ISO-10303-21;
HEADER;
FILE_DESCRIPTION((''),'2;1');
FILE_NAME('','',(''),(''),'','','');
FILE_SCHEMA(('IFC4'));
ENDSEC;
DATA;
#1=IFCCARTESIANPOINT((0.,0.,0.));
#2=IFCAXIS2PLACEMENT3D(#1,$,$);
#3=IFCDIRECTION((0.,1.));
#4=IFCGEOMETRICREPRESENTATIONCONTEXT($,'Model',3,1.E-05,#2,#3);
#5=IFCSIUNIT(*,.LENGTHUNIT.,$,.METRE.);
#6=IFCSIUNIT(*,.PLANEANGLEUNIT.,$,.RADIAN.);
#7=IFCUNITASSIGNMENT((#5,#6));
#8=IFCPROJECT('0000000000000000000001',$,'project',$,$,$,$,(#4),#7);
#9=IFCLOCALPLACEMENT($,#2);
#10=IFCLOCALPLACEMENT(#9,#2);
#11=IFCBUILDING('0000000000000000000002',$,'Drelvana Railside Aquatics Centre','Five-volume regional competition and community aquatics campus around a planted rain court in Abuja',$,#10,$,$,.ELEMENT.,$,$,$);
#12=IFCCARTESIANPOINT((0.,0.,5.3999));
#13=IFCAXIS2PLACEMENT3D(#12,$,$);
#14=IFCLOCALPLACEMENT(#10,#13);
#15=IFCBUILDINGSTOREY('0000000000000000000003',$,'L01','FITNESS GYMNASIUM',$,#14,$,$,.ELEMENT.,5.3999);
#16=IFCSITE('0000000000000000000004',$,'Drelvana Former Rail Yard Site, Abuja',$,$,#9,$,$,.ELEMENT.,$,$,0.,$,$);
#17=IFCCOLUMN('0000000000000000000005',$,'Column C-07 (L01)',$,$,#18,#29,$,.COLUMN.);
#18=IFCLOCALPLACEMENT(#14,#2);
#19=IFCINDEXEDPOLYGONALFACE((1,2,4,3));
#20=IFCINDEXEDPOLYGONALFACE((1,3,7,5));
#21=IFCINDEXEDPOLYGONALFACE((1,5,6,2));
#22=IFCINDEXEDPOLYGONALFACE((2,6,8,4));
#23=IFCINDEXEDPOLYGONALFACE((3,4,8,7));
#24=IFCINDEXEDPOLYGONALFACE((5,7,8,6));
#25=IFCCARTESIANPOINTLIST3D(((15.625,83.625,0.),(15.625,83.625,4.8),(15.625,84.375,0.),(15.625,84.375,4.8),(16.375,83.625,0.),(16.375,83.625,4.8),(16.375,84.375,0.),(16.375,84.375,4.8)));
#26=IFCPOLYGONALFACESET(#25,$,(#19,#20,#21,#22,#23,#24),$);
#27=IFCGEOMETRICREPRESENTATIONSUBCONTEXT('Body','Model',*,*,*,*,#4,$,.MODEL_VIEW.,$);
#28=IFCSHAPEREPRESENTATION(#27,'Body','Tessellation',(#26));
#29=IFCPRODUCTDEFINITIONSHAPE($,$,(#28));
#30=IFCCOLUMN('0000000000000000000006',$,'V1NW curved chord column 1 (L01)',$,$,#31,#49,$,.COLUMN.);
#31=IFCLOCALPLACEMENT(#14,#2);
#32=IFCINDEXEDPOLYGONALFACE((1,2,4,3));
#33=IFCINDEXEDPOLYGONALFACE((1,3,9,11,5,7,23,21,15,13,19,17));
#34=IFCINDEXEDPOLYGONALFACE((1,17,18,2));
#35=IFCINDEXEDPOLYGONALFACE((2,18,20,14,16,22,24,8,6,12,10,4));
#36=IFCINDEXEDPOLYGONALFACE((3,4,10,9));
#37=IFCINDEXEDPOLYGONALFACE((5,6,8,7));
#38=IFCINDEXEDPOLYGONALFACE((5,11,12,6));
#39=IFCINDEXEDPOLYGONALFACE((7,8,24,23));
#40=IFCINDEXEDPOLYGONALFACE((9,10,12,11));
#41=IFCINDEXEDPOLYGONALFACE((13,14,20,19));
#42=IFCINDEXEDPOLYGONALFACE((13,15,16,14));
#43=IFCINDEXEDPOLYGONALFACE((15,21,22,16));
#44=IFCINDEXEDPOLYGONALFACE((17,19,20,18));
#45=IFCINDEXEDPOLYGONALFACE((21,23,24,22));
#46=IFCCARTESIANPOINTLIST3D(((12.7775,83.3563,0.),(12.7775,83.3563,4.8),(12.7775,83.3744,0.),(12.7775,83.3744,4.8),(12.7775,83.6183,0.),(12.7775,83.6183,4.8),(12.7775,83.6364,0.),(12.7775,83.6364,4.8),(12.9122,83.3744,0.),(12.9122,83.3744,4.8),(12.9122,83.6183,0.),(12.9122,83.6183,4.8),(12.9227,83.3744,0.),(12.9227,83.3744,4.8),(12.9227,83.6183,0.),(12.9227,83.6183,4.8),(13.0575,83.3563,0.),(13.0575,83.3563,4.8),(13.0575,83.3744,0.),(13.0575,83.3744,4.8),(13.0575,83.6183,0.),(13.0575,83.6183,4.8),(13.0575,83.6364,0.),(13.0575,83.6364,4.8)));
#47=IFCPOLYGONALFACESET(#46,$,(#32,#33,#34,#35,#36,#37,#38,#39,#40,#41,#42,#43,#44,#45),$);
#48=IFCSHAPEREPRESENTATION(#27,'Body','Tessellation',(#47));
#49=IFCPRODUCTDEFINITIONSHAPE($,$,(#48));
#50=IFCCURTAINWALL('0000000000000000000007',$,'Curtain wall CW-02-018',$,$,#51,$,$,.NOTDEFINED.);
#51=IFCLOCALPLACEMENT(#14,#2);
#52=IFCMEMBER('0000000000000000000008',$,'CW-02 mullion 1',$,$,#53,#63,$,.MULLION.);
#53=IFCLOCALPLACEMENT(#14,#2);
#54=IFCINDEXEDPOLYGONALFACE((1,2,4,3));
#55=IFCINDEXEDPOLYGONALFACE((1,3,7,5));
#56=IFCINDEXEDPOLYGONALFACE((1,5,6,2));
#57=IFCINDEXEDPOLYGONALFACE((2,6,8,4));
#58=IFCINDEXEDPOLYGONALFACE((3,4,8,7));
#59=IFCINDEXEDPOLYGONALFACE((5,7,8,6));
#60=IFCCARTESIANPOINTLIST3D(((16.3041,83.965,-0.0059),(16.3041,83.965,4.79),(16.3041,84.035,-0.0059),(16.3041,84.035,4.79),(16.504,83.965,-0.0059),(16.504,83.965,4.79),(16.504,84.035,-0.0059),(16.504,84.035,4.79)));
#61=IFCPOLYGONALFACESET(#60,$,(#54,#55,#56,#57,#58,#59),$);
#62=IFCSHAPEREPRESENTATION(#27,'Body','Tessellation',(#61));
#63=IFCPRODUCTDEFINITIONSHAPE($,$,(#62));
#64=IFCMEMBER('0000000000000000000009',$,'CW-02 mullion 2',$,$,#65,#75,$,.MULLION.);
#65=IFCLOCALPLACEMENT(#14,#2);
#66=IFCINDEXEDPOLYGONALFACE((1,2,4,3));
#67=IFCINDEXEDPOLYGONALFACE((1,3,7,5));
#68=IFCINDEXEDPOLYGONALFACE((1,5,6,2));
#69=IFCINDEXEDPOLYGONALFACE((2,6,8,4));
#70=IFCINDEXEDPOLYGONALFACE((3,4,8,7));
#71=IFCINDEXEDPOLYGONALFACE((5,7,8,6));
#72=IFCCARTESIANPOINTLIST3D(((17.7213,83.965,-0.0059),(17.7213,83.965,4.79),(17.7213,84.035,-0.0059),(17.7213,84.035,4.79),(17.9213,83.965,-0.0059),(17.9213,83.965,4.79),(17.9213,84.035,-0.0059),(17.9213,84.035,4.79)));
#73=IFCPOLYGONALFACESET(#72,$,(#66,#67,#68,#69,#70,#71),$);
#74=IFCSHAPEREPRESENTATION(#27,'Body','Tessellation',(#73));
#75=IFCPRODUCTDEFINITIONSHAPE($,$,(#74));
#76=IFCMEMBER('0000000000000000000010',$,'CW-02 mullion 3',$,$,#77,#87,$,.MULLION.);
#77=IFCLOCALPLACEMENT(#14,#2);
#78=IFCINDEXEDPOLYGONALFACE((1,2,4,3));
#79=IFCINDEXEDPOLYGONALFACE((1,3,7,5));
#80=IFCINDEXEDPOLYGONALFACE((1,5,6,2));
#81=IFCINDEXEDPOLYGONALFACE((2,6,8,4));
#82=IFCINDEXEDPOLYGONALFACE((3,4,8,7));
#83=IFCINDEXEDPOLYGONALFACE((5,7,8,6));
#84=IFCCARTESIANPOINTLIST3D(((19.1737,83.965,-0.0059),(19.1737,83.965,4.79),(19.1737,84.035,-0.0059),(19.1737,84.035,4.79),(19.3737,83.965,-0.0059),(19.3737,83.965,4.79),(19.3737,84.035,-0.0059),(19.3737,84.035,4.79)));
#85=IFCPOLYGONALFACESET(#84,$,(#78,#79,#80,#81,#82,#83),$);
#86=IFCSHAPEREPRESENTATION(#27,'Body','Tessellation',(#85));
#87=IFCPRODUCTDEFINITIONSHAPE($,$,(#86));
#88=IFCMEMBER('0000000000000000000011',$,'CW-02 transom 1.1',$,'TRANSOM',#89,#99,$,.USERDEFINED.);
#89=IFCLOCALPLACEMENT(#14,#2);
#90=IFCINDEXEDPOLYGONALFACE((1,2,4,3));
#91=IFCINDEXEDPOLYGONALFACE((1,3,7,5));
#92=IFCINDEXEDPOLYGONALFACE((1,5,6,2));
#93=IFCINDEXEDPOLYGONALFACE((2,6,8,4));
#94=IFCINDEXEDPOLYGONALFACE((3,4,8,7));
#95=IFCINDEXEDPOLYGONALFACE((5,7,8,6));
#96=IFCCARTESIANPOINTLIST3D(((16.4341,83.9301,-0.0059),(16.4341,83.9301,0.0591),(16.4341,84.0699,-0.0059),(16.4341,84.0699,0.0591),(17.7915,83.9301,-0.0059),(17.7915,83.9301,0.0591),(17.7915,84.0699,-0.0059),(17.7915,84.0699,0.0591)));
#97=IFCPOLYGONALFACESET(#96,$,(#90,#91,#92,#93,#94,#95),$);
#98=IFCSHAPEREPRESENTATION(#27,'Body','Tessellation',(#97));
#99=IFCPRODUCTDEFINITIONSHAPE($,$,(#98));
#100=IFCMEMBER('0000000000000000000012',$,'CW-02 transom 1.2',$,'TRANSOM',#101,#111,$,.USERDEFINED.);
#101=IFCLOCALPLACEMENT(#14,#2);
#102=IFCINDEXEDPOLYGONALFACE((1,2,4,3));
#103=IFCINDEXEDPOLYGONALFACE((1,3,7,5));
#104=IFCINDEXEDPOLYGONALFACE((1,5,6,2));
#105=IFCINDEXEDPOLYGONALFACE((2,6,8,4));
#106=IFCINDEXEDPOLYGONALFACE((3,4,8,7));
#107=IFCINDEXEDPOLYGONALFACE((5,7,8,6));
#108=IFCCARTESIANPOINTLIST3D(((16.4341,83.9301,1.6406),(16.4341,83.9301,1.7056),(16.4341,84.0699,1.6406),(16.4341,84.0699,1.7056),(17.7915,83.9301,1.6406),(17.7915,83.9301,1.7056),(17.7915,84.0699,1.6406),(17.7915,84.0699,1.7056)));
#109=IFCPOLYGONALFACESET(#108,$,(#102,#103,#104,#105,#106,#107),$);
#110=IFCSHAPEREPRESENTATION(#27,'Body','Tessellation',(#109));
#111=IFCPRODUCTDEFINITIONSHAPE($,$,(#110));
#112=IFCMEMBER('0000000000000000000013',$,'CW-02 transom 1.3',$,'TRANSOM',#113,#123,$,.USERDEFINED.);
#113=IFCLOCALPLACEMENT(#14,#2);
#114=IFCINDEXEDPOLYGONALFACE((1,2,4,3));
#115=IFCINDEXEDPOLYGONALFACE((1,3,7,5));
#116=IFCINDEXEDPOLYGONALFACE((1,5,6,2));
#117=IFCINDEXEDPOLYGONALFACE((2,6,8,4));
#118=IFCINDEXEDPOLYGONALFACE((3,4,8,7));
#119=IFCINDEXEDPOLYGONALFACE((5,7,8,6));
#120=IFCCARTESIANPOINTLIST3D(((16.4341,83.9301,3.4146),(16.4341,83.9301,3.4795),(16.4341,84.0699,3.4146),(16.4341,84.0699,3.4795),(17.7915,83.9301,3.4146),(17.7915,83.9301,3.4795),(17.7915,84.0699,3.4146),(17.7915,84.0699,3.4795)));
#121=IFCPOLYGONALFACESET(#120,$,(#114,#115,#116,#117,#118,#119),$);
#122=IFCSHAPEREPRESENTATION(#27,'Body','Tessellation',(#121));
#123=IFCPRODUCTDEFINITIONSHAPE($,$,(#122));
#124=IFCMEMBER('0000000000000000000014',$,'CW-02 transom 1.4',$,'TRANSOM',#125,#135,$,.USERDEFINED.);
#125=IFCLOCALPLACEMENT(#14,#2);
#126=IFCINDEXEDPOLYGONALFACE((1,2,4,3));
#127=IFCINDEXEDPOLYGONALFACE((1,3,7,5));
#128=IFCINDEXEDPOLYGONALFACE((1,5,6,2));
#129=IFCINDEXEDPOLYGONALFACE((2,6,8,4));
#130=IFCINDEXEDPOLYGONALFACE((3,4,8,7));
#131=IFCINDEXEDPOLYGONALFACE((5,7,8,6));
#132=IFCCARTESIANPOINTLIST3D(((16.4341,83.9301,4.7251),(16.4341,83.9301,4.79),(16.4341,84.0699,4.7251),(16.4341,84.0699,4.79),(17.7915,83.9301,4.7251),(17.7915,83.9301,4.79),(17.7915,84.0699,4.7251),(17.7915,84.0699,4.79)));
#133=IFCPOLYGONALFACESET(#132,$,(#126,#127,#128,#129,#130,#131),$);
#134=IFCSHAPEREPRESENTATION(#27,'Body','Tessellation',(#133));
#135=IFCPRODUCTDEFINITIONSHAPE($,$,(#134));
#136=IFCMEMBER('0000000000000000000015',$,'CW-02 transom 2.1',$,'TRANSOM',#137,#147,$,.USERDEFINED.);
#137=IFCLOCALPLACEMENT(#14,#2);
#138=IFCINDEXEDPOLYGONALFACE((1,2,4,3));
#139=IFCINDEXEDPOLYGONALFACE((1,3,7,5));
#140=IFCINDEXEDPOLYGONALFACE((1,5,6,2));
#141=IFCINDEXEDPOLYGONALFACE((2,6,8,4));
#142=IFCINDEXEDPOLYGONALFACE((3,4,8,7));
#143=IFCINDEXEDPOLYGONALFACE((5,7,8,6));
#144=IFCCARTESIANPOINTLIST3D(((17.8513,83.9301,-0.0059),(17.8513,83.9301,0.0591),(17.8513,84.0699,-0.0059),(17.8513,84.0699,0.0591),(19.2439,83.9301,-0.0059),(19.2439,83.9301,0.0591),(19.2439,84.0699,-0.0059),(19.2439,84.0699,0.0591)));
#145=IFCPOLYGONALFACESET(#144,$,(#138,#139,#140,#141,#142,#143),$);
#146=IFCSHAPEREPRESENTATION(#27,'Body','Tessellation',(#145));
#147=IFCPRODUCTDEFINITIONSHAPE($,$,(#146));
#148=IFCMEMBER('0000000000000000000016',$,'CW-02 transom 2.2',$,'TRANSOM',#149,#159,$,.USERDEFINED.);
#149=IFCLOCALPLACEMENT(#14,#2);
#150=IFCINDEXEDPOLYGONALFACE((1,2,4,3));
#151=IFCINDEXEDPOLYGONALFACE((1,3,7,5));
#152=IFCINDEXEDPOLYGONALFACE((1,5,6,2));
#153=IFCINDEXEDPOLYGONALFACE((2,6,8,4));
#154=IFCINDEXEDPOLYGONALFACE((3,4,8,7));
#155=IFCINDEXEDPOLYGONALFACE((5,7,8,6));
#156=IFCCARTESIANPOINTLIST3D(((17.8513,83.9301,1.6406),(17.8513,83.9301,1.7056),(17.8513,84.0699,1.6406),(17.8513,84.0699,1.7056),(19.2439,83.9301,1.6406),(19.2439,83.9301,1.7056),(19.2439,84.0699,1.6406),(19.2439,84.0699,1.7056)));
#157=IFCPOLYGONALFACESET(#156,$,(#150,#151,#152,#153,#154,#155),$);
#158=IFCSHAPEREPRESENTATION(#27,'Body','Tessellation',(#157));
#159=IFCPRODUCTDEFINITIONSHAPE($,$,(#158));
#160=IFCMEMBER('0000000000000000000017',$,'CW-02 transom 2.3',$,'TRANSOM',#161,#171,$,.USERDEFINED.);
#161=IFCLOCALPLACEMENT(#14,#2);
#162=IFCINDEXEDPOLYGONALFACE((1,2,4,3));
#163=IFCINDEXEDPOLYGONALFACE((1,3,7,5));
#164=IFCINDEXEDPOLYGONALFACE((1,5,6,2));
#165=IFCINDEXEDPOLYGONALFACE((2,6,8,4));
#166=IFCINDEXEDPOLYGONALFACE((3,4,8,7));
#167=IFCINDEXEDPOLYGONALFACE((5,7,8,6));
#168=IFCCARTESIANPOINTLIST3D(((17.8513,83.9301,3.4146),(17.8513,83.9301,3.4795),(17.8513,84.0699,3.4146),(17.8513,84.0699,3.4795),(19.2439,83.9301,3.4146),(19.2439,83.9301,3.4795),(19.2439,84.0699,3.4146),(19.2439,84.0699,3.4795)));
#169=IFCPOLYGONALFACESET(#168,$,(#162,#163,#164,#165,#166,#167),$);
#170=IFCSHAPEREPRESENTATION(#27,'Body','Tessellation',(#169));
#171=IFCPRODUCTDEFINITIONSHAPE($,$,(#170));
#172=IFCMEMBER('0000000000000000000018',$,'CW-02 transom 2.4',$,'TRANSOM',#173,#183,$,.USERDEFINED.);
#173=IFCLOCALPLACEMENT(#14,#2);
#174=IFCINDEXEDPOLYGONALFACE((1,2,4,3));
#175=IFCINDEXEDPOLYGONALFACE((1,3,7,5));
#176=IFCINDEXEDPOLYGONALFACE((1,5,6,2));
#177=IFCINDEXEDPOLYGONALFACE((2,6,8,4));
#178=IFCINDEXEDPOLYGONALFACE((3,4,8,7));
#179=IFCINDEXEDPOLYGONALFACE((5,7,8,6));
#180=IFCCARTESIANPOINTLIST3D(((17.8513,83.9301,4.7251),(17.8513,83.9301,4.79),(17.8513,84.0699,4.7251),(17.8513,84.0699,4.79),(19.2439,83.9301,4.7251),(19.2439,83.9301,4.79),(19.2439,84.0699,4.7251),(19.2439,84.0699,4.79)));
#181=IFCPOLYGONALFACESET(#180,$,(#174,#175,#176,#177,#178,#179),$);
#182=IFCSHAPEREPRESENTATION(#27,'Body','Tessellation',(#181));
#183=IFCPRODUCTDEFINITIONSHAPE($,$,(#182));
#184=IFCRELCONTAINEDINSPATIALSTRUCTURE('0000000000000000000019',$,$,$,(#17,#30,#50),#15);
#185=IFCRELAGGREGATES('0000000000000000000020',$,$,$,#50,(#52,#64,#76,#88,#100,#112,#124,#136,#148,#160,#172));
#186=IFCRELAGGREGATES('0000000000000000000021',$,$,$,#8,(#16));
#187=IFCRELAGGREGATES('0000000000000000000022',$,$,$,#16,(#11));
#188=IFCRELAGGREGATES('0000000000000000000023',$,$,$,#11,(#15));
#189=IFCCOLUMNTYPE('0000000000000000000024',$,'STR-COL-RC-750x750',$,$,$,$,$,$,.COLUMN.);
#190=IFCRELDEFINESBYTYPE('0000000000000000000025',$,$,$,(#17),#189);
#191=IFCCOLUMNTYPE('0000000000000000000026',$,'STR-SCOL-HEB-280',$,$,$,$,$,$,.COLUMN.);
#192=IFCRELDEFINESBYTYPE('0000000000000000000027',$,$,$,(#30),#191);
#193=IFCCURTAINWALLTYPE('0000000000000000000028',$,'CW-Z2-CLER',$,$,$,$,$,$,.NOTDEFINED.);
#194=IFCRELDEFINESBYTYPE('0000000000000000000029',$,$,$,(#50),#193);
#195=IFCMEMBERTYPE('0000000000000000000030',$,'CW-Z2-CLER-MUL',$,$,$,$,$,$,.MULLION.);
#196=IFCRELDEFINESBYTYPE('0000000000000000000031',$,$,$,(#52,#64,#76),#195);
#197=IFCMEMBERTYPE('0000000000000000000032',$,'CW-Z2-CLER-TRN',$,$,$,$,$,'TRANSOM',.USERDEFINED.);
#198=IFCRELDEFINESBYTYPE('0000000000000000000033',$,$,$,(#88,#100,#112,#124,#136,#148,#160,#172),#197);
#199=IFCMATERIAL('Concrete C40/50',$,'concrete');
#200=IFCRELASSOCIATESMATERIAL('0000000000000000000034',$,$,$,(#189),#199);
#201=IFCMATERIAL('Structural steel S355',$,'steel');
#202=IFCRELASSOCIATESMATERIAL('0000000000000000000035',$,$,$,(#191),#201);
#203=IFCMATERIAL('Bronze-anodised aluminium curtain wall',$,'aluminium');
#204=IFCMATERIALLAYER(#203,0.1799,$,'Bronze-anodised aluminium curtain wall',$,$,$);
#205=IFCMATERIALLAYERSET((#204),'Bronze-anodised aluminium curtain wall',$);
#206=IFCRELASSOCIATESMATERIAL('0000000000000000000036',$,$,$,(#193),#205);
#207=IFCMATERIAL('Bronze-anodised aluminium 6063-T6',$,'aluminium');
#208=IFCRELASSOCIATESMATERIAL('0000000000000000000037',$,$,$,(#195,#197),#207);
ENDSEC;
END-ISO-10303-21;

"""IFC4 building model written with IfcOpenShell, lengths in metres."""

from ifc_helpers import new_model, si_unit, direction, frame, origin, origin_2d, place, context, subcontext, project, spatial, rectangle, i_section, extrude, material, layer, layer_set, material_profile, profile_set, type_object, element, aggregate, save


model = new_model("IFC4")

# Units and contexts
model_context = context("Model", 3, precision=1e-05, world=origin(), true_north=direction((0.0, 1.0)))
body_context = subcontext(model_context, "Body", "Model", "MODEL_VIEW")
ifc_project = project(units=[si_unit("LENGTHUNIT", "METRE"), si_unit("PLANEANGLEUNIT", "RADIAN")], contexts=[model_context])

# Site, building, storey
site_placement = place(None, origin())
site = spatial("IfcSite", under=ifc_project, at=site_placement, Name="Drelvana Former Rail Yard Site, Abuja", CompositionType="ELEMENT", RefElevation=0.0)
building_placement = place(site_placement, origin())
building = spatial("IfcBuilding", under=site, at=building_placement, Name="Drelvana Railside Aquatics Centre", Description="Five-volume regional competition and community aquatics campus around a planted rain court in Abuja", CompositionType="ELEMENT")
storey_placement = place(building_placement, frame((0.0, 0.0, 5.3999)))
storey = spatial("IfcBuildingStorey", under=building, at=storey_placement, Name="L01", Description="FITNESS GYMNASIUM", CompositionType="ELEMENT", Elevation=5.3999)

# Columns
ifc_material_1 = material(Name="Concrete C40/50", Category="concrete")
ifc_material_profile_1 = material_profile(ifc_material_1, rectangle(XDim=0.75, YDim=0.75, at=origin_2d()), Name="RC 750x750")
ifc_profile_set_1 = profile_set([ifc_material_profile_1], Name="Concrete C40/50")
column_type_1 = type_object("IfcColumnType", Name="STR-COL-RC-750x750", PredefinedType="COLUMN", material=ifc_profile_set_1)
column_1_placement = place(storey_placement, frame((16.0, 84.0, 0.0), z_axis=(0.0, 0.0, 1.0), x_axis=(1.0, 0.0, 0.0)))
element("IfcColumn", 1, at=column_1_placement, inside=storey, type_object=column_type_1, Name="Column C-07 (L01)", PredefinedType="COLUMN", context=body_context, shape_type="SweptSolid", body=[
    extrude(rectangle(XDim=0.75, YDim=0.75, at=origin_2d()), origin(), (0.0, 0.0, 1.0), 4.8),
])
ifc_material_2 = material(Name="Structural steel S355", Category="steel")
ifc_material_profile_2 = material_profile(ifc_material_2, i_section(OverallWidth=0.28, OverallDepth=0.28, WebThickness=0.0105, FlangeThickness=0.0181, at=origin_2d()), Name="HEB 280")
ifc_profile_set_2 = profile_set([ifc_material_profile_2], Name="Structural steel S355")
column_type_2 = type_object("IfcColumnType", Name="STR-SCOL-HEB-280", PredefinedType="COLUMN", material=ifc_profile_set_2)
column_2_placement = place(storey_placement, frame((12.9175, 83.4963, 0.0), z_axis=(0.0, 0.0, 1.0), x_axis=(1.0, 0.0, 0.0)))
element("IfcColumn", 2, at=column_2_placement, inside=storey, type_object=column_type_2, Name="V1NW curved chord column 1 (L01)", PredefinedType="COLUMN", context=body_context, shape_type="SweptSolid", body=[
    extrude(i_section(OverallWidth=0.28, OverallDepth=0.28, WebThickness=0.0105, FlangeThickness=0.0181, at=origin_2d()), origin(), (0.0, 0.0, 1.0), 4.8),
])

# Curtain wall, members
ifc_material_3 = material(Name="Bronze-anodised aluminium curtain wall", Category="aluminium")
ifc_layer_1 = layer(ifc_material_3, 0.1799, Name="Bronze-anodised aluminium curtain wall")
ifc_layer_set_1 = layer_set([ifc_layer_1], Name="Bronze-anodised aluminium curtain wall")
curtain_wall_type = type_object("IfcCurtainWallType", Name="CW-Z2-CLER", PredefinedType="NOTDEFINED", material=ifc_layer_set_1)
curtain_wall_placement = place(storey_placement, origin())
curtain_wall = element("IfcCurtainWall", 3, at=curtain_wall_placement, inside=storey, type_object=curtain_wall_type, Name="Curtain wall CW-02-018", PredefinedType="NOTDEFINED")
ifc_material_4 = material(Name="Bronze-anodised aluminium 6063-T6", Category="aluminium")
ifc_material_profile_3 = material_profile(ifc_material_4, rectangle(XDim=0.0701, YDim=0.2, at=origin_2d()), Name="ALU-M 70x200")
ifc_profile_set_3 = profile_set([ifc_material_profile_3], Name="Bronze-anodised aluminium 6063-T6")
member_type_1 = type_object("IfcMemberType", Name="CW-Z2-CLER-MUL", PredefinedType="MULLION", material=ifc_profile_set_3)
member_1_placement = place(storey_placement, frame((16.4041, 84.0, -0.0059), z_axis=(0.0, 0.0, 1.0), x_axis=(0.0, 1.0, 0.0)))
member_1 = element("IfcMember", 4, at=member_1_placement, type_object=member_type_1, Name="CW-02 mullion 1", PredefinedType="MULLION", context=body_context, shape_type="SweptSolid", body=[
    extrude(rectangle(XDim=0.0701, YDim=0.2, at=origin_2d()), origin(), (0.0, 0.0, 1.0), 4.7959),
])
member_2_placement = place(storey_placement, frame((17.8213, 84.0, -0.0059), z_axis=(0.0, 0.0, 1.0), x_axis=(0.0, 1.0, 0.0)))
member_2 = element("IfcMember", 5, at=member_2_placement, type_object=member_type_1, Name="CW-02 mullion 2", PredefinedType="MULLION", context=body_context, shape_type="SweptSolid", body=[
    extrude(rectangle(XDim=0.0701, YDim=0.2, at=origin_2d()), origin(), (0.0, 0.0, 1.0), 4.7959),
])
member_3_placement = place(storey_placement, frame((19.2737, 84.0, -0.0059), z_axis=(0.0, 0.0, 1.0), x_axis=(0.0, 1.0, 0.0)))
member_3 = element("IfcMember", 6, at=member_3_placement, type_object=member_type_1, Name="CW-02 mullion 3", PredefinedType="MULLION", context=body_context, shape_type="SweptSolid", body=[
    extrude(rectangle(XDim=0.0701, YDim=0.2, at=origin_2d()), origin(), (0.0, 0.0, 1.0), 4.7959),
])
ifc_material_profile_4 = material_profile(ifc_material_4, rectangle(XDim=0.1399, YDim=0.0649, at=origin_2d()), Name="ALU-T 65x140")
ifc_profile_set_4 = profile_set([ifc_material_profile_4], Name="Bronze-anodised aluminium 6063-T6")
member_type_2 = type_object("IfcMemberType", Name="CW-Z2-CLER-TRN", ElementType="TRANSOM", PredefinedType="USERDEFINED", material=ifc_profile_set_4)
member_4_placement = place(storey_placement, frame((16.4341, 84.0, 0.0266), z_axis=(1.0, 0.0, 0.0), x_axis=(0.0, 1.0, 0.0)))
member_4 = element("IfcMember", 7, at=member_4_placement, type_object=member_type_2, Name="CW-02 transom 1.1", ObjectType="TRANSOM", PredefinedType="USERDEFINED", context=body_context, shape_type="SweptSolid", body=[
    extrude(rectangle(XDim=0.1399, YDim=0.0649, at=origin_2d()), origin(), (0.0, 0.0, 1.0), 1.3574),
])
member_5_placement = place(storey_placement, frame((16.4341, 84.0, 1.6731), z_axis=(1.0, 0.0, 0.0), x_axis=(0.0, 1.0, 0.0)))
member_5 = element("IfcMember", 8, at=member_5_placement, type_object=member_type_2, Name="CW-02 transom 1.2", ObjectType="TRANSOM", PredefinedType="USERDEFINED", context=body_context, shape_type="SweptSolid", body=[
    extrude(rectangle(XDim=0.1399, YDim=0.0649, at=origin_2d()), origin(), (0.0, 0.0, 1.0), 1.3574),
])
member_6_placement = place(storey_placement, frame((16.4341, 84.0, 3.447), z_axis=(1.0, 0.0, 0.0), x_axis=(0.0, 1.0, 0.0)))
member_6 = element("IfcMember", 9, at=member_6_placement, type_object=member_type_2, Name="CW-02 transom 1.3", ObjectType="TRANSOM", PredefinedType="USERDEFINED", context=body_context, shape_type="SweptSolid", body=[
    extrude(rectangle(XDim=0.1399, YDim=0.0649, at=origin_2d()), origin(), (0.0, 0.0, 1.0), 1.3574),
])
member_7_placement = place(storey_placement, frame((16.4341, 84.0, 4.7576), z_axis=(1.0, 0.0, 0.0), x_axis=(0.0, 1.0, 0.0)))
member_7 = element("IfcMember", 10, at=member_7_placement, type_object=member_type_2, Name="CW-02 transom 1.4", ObjectType="TRANSOM", PredefinedType="USERDEFINED", context=body_context, shape_type="SweptSolid", body=[
    extrude(rectangle(XDim=0.1399, YDim=0.0649, at=origin_2d()), origin(), (0.0, 0.0, 1.0), 1.3574),
])
member_8_placement = place(storey_placement, frame((17.8513, 84.0, 0.0266), z_axis=(1.0, 0.0, 0.0), x_axis=(0.0, 1.0, 0.0)))
member_8 = element("IfcMember", 11, at=member_8_placement, type_object=member_type_2, Name="CW-02 transom 2.1", ObjectType="TRANSOM", PredefinedType="USERDEFINED", context=body_context, shape_type="SweptSolid", body=[
    extrude(rectangle(XDim=0.1399, YDim=0.0649, at=origin_2d()), origin(), (0.0, 0.0, 1.0), 1.3926),
])
member_9_placement = place(storey_placement, frame((17.8513, 84.0, 1.6731), z_axis=(1.0, 0.0, 0.0), x_axis=(0.0, 1.0, 0.0)))
member_9 = element("IfcMember", 12, at=member_9_placement, type_object=member_type_2, Name="CW-02 transom 2.2", ObjectType="TRANSOM", PredefinedType="USERDEFINED", context=body_context, shape_type="SweptSolid", body=[
    extrude(rectangle(XDim=0.1399, YDim=0.0649, at=origin_2d()), origin(), (0.0, 0.0, 1.0), 1.3926),
])
member_10_placement = place(storey_placement, frame((17.8513, 84.0, 3.447), z_axis=(1.0, 0.0, 0.0), x_axis=(0.0, 1.0, 0.0)))
member_10 = element("IfcMember", 13, at=member_10_placement, type_object=member_type_2, Name="CW-02 transom 2.3", ObjectType="TRANSOM", PredefinedType="USERDEFINED", context=body_context, shape_type="SweptSolid", body=[
    extrude(rectangle(XDim=0.1399, YDim=0.0649, at=origin_2d()), origin(), (0.0, 0.0, 1.0), 1.3926),
])
member_11_placement = place(storey_placement, frame((17.8513, 84.0, 4.7576), z_axis=(1.0, 0.0, 0.0), x_axis=(0.0, 1.0, 0.0)))
member_11 = element("IfcMember", 14, at=member_11_placement, type_object=member_type_2, Name="CW-02 transom 2.4", ObjectType="TRANSOM", PredefinedType="USERDEFINED", context=body_context, shape_type="SweptSolid", body=[
    extrude(rectangle(XDim=0.1399, YDim=0.0649, at=origin_2d()), origin(), (0.0, 0.0, 1.0), 1.3926),
])

aggregate(curtain_wall, [member_1, member_2, member_3, member_4, member_5, member_6, member_7, member_8, member_9, member_10, member_11])

save(model, "model.ifc")
